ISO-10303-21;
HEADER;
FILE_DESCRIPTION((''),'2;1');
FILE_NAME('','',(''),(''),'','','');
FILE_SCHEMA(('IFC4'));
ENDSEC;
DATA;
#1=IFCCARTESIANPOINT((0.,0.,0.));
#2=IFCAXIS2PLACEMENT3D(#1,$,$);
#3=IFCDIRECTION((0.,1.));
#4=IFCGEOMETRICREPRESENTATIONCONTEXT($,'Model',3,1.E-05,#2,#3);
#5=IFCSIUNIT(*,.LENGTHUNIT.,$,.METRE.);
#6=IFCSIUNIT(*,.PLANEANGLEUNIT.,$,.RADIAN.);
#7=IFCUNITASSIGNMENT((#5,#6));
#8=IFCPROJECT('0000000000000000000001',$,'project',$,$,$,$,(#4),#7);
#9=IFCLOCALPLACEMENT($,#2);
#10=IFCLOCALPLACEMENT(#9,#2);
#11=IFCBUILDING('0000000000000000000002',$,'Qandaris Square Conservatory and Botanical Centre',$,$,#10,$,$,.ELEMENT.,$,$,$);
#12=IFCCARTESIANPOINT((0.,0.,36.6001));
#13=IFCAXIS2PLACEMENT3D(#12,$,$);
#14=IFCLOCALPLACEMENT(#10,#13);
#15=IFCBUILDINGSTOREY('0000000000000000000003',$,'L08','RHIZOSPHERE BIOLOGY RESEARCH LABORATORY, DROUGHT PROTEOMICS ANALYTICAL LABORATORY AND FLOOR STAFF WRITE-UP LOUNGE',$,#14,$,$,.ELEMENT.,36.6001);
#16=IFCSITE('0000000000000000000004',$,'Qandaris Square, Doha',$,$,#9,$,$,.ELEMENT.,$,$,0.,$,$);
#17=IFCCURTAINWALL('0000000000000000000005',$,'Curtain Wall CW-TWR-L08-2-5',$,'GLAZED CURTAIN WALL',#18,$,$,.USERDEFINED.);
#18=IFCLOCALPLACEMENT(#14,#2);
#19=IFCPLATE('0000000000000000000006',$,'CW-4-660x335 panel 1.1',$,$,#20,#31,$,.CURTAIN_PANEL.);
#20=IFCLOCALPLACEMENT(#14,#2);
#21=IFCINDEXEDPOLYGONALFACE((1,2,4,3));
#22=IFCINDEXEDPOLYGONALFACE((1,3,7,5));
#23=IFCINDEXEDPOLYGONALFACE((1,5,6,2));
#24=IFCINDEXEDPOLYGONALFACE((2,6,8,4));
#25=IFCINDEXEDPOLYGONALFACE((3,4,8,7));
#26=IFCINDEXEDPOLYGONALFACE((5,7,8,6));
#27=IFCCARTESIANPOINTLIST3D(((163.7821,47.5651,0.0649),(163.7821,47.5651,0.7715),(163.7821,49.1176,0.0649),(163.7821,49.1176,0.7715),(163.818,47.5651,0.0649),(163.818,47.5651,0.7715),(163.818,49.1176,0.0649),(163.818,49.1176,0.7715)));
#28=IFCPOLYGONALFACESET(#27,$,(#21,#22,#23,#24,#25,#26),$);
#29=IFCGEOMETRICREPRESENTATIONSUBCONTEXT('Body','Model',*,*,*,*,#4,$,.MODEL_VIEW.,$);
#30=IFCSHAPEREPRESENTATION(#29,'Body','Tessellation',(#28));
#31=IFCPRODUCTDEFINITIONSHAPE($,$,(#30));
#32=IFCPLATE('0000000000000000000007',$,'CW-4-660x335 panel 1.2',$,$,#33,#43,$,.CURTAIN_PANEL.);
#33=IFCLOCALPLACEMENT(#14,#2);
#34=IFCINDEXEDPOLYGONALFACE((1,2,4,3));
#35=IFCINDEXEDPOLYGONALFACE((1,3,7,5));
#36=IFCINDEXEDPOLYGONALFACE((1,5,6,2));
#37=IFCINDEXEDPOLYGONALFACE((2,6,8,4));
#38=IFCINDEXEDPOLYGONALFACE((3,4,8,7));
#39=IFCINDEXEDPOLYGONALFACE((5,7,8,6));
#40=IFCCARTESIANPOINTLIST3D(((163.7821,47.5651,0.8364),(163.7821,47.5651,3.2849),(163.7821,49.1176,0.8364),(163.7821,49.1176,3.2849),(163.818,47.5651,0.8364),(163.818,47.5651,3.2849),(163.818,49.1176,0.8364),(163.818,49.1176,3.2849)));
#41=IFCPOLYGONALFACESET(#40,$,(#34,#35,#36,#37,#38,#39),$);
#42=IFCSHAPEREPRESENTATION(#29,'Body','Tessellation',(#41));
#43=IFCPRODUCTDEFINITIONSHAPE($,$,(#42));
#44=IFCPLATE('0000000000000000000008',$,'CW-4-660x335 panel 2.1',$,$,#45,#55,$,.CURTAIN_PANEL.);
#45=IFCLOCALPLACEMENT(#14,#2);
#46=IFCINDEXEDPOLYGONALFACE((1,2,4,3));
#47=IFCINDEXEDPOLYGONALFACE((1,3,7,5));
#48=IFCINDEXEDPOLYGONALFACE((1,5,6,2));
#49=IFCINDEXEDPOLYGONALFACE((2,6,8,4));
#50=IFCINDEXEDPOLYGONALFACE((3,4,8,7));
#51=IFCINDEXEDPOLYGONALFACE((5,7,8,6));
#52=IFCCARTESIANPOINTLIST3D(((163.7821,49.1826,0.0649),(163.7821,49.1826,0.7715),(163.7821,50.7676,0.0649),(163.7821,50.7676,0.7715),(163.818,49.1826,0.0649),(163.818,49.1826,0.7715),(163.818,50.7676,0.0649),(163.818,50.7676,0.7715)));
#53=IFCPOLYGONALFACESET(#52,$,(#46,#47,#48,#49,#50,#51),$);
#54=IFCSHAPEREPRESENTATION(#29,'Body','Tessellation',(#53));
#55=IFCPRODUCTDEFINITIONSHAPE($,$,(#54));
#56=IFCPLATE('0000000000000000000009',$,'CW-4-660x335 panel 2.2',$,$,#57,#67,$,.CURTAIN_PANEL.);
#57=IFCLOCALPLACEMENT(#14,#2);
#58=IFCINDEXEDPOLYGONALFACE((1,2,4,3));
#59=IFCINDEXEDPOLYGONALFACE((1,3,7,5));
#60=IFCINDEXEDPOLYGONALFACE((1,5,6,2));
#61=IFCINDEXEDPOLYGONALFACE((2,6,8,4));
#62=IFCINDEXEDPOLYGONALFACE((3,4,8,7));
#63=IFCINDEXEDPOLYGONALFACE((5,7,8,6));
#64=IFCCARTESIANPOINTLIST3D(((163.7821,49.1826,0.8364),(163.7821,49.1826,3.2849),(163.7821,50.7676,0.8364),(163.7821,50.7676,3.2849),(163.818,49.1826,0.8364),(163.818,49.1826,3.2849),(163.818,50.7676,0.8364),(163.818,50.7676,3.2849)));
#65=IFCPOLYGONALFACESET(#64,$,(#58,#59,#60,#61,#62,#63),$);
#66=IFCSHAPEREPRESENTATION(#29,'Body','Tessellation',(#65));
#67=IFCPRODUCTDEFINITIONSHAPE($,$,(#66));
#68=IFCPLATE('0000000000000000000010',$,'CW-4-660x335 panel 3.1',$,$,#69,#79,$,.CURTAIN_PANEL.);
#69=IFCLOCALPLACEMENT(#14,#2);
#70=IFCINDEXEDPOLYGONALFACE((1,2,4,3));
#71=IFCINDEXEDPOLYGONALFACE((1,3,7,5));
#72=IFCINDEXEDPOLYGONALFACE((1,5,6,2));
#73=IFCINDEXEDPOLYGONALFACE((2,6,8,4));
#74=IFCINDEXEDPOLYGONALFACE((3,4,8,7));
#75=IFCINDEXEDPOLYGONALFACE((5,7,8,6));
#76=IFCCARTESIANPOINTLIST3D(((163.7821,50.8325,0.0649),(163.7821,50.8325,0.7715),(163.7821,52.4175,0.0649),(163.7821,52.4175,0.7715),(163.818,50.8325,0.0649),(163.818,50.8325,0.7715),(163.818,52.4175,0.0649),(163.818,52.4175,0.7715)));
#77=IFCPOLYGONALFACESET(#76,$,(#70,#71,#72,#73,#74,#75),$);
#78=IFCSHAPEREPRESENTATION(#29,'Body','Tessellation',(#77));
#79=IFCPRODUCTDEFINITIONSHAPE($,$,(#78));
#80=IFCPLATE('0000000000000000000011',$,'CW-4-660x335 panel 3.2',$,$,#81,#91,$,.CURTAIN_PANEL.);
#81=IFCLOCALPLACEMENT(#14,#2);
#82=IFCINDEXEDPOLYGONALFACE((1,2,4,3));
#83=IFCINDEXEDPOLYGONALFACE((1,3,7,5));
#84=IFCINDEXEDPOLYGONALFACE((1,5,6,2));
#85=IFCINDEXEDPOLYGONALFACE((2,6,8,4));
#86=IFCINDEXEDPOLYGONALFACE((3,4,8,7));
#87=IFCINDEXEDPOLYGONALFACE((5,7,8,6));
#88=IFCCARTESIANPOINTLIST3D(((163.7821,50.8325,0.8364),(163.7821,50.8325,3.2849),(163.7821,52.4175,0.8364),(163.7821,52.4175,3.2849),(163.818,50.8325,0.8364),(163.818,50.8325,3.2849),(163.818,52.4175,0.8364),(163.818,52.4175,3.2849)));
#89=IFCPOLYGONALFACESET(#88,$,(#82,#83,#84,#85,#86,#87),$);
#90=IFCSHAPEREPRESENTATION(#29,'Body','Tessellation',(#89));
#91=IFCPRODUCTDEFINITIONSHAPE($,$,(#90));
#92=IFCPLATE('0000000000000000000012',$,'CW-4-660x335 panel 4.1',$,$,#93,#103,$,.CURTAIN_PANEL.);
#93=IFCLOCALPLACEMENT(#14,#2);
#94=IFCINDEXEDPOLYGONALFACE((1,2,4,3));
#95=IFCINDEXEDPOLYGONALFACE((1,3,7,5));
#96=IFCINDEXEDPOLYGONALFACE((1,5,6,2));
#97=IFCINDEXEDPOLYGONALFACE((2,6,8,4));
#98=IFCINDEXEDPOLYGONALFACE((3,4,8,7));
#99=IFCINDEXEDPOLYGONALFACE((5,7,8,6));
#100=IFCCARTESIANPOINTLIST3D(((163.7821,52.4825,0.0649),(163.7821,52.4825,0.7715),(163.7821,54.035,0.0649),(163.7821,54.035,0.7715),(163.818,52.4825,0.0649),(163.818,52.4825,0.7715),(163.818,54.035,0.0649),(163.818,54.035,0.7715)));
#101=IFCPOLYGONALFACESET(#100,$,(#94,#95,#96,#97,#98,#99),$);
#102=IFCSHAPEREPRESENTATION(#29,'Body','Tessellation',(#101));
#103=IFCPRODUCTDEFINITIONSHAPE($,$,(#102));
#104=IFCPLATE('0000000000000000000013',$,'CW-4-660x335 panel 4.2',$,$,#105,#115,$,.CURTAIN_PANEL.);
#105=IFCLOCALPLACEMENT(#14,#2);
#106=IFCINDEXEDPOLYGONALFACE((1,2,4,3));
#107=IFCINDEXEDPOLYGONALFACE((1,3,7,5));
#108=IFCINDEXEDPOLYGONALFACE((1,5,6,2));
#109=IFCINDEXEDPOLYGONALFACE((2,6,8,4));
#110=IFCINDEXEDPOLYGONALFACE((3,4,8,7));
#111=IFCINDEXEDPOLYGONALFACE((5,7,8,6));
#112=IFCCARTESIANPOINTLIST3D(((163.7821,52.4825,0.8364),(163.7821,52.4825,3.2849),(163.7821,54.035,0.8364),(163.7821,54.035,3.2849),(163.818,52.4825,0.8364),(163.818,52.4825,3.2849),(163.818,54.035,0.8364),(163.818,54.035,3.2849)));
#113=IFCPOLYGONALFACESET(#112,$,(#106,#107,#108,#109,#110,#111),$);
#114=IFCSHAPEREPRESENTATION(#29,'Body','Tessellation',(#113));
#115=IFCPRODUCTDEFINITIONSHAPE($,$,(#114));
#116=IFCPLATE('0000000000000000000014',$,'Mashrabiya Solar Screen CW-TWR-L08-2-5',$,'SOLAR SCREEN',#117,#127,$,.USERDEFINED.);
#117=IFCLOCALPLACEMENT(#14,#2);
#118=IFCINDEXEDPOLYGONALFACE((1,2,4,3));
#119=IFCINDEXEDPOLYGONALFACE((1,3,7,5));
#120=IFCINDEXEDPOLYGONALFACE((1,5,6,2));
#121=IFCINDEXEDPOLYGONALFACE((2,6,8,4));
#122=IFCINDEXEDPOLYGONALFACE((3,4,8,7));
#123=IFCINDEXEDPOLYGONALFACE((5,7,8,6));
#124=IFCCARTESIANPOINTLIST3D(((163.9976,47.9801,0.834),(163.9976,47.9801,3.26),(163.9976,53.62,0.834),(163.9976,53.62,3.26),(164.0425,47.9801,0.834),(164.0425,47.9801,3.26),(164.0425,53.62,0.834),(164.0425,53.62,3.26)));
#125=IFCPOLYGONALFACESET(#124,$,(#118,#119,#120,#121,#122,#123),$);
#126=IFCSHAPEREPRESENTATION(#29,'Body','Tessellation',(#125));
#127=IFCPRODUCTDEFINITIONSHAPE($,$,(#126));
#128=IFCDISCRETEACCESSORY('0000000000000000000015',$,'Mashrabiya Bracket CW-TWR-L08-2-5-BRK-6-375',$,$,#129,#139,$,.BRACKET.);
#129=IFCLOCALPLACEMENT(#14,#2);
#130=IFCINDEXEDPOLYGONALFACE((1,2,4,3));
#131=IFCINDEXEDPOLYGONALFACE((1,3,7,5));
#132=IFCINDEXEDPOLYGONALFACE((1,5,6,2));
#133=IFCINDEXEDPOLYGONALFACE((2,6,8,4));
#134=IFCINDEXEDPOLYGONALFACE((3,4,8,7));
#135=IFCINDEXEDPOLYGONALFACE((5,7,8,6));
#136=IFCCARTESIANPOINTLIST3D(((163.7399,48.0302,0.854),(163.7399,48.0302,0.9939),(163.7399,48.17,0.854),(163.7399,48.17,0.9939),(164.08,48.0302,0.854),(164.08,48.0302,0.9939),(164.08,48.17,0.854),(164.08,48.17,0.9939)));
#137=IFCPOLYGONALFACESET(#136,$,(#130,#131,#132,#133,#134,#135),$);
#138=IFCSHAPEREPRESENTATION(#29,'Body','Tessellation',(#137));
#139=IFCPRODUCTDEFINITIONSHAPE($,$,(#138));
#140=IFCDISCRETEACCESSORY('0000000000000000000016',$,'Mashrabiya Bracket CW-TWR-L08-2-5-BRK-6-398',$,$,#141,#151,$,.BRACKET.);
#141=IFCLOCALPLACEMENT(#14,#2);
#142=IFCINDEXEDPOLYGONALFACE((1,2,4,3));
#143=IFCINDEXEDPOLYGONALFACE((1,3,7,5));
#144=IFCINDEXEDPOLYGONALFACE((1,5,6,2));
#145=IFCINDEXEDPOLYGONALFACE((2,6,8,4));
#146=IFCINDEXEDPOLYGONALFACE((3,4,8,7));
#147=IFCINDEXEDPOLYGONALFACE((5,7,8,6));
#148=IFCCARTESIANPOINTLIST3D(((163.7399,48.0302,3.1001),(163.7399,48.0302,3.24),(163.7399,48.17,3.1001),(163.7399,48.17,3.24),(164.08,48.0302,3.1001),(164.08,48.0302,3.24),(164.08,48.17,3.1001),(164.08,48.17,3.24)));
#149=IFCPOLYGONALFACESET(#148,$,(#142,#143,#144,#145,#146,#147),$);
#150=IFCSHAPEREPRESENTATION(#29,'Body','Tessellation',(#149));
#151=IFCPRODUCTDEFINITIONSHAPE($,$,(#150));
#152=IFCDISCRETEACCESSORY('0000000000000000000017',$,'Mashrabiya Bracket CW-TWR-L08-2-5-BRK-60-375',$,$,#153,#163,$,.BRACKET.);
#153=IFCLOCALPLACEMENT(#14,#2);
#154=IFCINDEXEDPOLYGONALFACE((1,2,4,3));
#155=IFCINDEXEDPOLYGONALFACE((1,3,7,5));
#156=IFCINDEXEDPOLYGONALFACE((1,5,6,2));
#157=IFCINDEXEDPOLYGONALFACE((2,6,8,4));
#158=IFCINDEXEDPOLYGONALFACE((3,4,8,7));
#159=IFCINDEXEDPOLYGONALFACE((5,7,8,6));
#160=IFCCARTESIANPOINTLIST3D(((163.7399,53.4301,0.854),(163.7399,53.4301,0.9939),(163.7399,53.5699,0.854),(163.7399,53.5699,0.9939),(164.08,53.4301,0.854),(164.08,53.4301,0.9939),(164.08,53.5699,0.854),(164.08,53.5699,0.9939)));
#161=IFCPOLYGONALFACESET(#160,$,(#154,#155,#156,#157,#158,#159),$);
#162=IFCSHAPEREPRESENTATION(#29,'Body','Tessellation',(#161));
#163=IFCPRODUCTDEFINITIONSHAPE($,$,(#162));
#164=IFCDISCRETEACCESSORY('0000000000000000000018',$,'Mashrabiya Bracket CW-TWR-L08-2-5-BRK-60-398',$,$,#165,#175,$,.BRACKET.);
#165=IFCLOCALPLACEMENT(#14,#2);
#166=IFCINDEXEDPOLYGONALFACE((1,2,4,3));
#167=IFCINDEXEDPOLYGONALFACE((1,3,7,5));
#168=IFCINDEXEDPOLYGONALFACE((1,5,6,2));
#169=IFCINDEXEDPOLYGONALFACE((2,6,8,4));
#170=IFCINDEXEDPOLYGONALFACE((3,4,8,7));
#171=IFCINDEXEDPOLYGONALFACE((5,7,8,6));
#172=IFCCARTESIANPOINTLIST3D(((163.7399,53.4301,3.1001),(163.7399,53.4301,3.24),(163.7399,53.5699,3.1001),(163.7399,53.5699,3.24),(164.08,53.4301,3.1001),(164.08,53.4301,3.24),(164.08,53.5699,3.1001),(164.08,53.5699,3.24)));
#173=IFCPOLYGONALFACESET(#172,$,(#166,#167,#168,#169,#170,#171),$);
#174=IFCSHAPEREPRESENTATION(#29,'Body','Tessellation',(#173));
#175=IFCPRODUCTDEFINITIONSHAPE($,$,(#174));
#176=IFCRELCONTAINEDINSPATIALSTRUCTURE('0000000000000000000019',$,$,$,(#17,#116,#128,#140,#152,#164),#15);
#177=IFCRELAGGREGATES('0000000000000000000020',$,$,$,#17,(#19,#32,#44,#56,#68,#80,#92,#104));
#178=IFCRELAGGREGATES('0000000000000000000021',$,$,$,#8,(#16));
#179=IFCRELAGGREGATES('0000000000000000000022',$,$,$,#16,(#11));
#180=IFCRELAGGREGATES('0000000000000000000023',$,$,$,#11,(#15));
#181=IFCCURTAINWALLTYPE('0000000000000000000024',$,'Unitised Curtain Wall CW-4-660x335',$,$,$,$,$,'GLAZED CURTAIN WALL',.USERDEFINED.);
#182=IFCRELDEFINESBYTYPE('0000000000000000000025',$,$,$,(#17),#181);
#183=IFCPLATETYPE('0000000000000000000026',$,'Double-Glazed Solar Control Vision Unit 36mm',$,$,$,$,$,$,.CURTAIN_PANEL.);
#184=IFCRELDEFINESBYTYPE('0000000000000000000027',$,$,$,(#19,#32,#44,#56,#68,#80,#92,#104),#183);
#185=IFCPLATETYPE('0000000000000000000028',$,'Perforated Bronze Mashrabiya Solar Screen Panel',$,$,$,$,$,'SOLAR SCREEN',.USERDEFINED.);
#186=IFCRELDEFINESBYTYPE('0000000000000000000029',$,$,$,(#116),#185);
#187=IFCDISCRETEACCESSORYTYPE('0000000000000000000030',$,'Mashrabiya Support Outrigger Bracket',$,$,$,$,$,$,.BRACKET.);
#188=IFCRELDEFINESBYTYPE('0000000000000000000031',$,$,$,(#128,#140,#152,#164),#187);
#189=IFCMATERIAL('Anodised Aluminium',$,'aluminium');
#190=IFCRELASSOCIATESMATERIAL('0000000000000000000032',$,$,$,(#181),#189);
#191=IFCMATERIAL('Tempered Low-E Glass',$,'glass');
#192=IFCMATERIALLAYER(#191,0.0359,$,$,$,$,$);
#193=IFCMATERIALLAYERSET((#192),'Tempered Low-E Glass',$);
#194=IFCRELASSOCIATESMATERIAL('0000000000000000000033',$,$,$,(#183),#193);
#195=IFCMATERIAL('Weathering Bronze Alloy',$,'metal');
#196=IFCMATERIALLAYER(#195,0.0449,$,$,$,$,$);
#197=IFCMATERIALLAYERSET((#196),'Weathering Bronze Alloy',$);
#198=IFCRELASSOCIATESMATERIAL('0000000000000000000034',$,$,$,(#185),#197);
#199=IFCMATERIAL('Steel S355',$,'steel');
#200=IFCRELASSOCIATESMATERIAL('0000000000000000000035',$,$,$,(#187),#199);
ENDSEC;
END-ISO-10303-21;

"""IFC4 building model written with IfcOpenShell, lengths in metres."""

from ifc_helpers import new_model, si_unit, direction, frame, origin, origin_2d, place, context, subcontext, project, spatial, rectangle, extrude, material, layer, layer_set, type_object, element, aggregate, save


model = new_model("IFC4")

# Units and contexts
model_context = context("Model", 3, precision=1e-05, world=origin(), true_north=direction((0.0, 1.0)))
body_context = subcontext(model_context, "Body", "Model", "MODEL_VIEW")
ifc_project = project(units=[si_unit("LENGTHUNIT", "METRE"), si_unit("PLANEANGLEUNIT", "RADIAN")], contexts=[model_context])

# Site, building, storey
site_placement = place(None, origin())
site = spatial("IfcSite", under=ifc_project, at=site_placement, Name="Qandaris Square, Doha", CompositionType="ELEMENT", RefElevation=0.0)
building_placement = place(site_placement, origin())
building = spatial("IfcBuilding", under=site, at=building_placement, Name="Qandaris Square Conservatory and Botanical Centre", CompositionType="ELEMENT")
storey_placement = place(building_placement, frame((0.0, 0.0, 36.6001)))
storey = spatial("IfcBuildingStorey", under=building, at=storey_placement, Name="L08", Description="RHIZOSPHERE BIOLOGY RESEARCH LABORATORY, DROUGHT PROTEOMICS ANALYTICAL LABORATORY AND FLOOR STAFF WRITE-UP LOUNGE", CompositionType="ELEMENT", Elevation=36.6001)

# Curtain wall, plates
ifc_material_1 = material(Name="Anodised Aluminium", Category="aluminium")
curtain_wall_type = type_object("IfcCurtainWallType", Name="Unitised Curtain Wall CW-4-660x335", ElementType="GLAZED CURTAIN WALL", PredefinedType="USERDEFINED", material=ifc_material_1)
curtain_wall_placement = place(storey_placement, origin())
curtain_wall = element("IfcCurtainWall", 1, at=curtain_wall_placement, inside=storey, type_object=curtain_wall_type, Name="Curtain Wall CW-TWR-L08-2-5", ObjectType="GLAZED CURTAIN WALL", PredefinedType="USERDEFINED")
ifc_material_2 = material(Name="Tempered Low-E Glass", Category="glass")
ifc_layer_1 = layer(ifc_material_2, 0.0359)
ifc_layer_set_1 = layer_set([ifc_layer_1], Name="Tempered Low-E Glass")
plate_type_1 = type_object("IfcPlateType", Name="Double-Glazed Solar Control Vision Unit 36mm", PredefinedType="CURTAIN_PANEL", material=ifc_layer_set_1)
plate_1_placement = place(storey_placement, frame((163.8, 48.3413, 0.0649), z_axis=(0.0, 0.0, 1.0), x_axis=(0.0, 1.0, 0.0)))
plate_1 = element("IfcPlate", 2, at=plate_1_placement, type_object=plate_type_1, Name="CW-4-660x335 panel 1.1", PredefinedType="CURTAIN_PANEL", context=body_context, shape_type="SweptSolid", body=[
    extrude(rectangle(XDim=1.5525, YDim=0.0359, at=origin_2d()), origin(), (0.0, 0.0, 1.0), 0.7065),
])
plate_2_placement = place(storey_placement, frame((163.8, 48.3413, 0.8364), z_axis=(0.0, 0.0, 1.0), x_axis=(0.0, 1.0, 0.0)))
plate_2 = element("IfcPlate", 3, at=plate_2_placement, type_object=plate_type_1, Name="CW-4-660x335 panel 1.2", PredefinedType="CURTAIN_PANEL", context=body_context, shape_type="SweptSolid", body=[
    extrude(rectangle(XDim=1.5525, YDim=0.0359, at=origin_2d()), origin(), (0.0, 0.0, 1.0), 2.4485),
])
plate_3_placement = place(storey_placement, frame((163.8, 49.9751, 0.0649), z_axis=(0.0, 0.0, 1.0), x_axis=(0.0, 1.0, 0.0)))
plate_3 = element("IfcPlate", 4, at=plate_3_placement, type_object=plate_type_1, Name="CW-4-660x335 panel 2.1", PredefinedType="CURTAIN_PANEL", context=body_context, shape_type="SweptSolid", body=[
    extrude(rectangle(XDim=1.585, YDim=0.0359, at=origin_2d()), origin(), (0.0, 0.0, 1.0), 0.7065),
])
plate_4_placement = place(storey_placement, frame((163.8, 49.9751, 0.8364), z_axis=(0.0, 0.0, 1.0), x_axis=(0.0, 1.0, 0.0)))
plate_4 = element("IfcPlate", 5, at=plate_4_placement, type_object=plate_type_1, Name="CW-4-660x335 panel 2.2", PredefinedType="CURTAIN_PANEL", context=body_context, shape_type="SweptSolid", body=[
    extrude(rectangle(XDim=1.585, YDim=0.0359, at=origin_2d()), origin(), (0.0, 0.0, 1.0), 2.4485),
])
plate_5_placement = place(storey_placement, frame((163.8, 51.625, 0.0649), z_axis=(0.0, 0.0, 1.0), x_axis=(0.0, 1.0, 0.0)))
plate_5 = element("IfcPlate", 6, at=plate_5_placement, type_object=plate_type_1, Name="CW-4-660x335 panel 3.1", PredefinedType="CURTAIN_PANEL", context=body_context, shape_type="SweptSolid", body=[
    extrude(rectangle(XDim=1.585, YDim=0.0359, at=origin_2d()), origin(), (0.0, 0.0, 1.0), 0.7065),
])
plate_6_placement = place(storey_placement, frame((163.8, 51.625, 0.8364), z_axis=(0.0, 0.0, 1.0), x_axis=(0.0, 1.0, 0.0)))
plate_6 = element("IfcPlate", 7, at=plate_6_placement, type_object=plate_type_1, Name="CW-4-660x335 panel 3.2", PredefinedType="CURTAIN_PANEL", context=body_context, shape_type="SweptSolid", body=[
    extrude(rectangle(XDim=1.585, YDim=0.0359, at=origin_2d()), origin(), (0.0, 0.0, 1.0), 2.4485),
])
plate_7_placement = place(storey_placement, frame((163.8, 53.2588, 0.0649), z_axis=(0.0, 0.0, 1.0), x_axis=(0.0, 1.0, 0.0)))
plate_7 = element("IfcPlate", 8, at=plate_7_placement, type_object=plate_type_1, Name="CW-4-660x335 panel 4.1", PredefinedType="CURTAIN_PANEL", context=body_context, shape_type="SweptSolid", body=[
    extrude(rectangle(XDim=1.5525, YDim=0.0359, at=origin_2d()), origin(), (0.0, 0.0, 1.0), 0.7065),
])
plate_8_placement = place(storey_placement, frame((163.8, 53.2588, 0.8364), z_axis=(0.0, 0.0, 1.0), x_axis=(0.0, 1.0, 0.0)))
plate_8 = element("IfcPlate", 9, at=plate_8_placement, type_object=plate_type_1, Name="CW-4-660x335 panel 4.2", PredefinedType="CURTAIN_PANEL", context=body_context, shape_type="SweptSolid", body=[
    extrude(rectangle(XDim=1.5525, YDim=0.0359, at=origin_2d()), origin(), (0.0, 0.0, 1.0), 2.4485),
])
aggregate(curtain_wall, [plate_1, plate_2, plate_3, plate_4, plate_5, plate_6, plate_7, plate_8])

# Plate
ifc_material_3 = material(Name="Weathering Bronze Alloy", Category="metal")
ifc_layer_2 = layer(ifc_material_3, 0.0449)
ifc_layer_set_2 = layer_set([ifc_layer_2], Name="Weathering Bronze Alloy")
plate_type_2 = type_object("IfcPlateType", Name="Perforated Bronze Mashrabiya Solar Screen Panel", ElementType="SOLAR SCREEN", PredefinedType="USERDEFINED", material=ifc_layer_set_2)
plate_9_placement = place(storey_placement, frame((164.02, 50.8, 0.834), z_axis=(0.0, 0.0, 1.0), x_axis=(0.0, 1.0, 0.0)))
element("IfcPlate", 10, at=plate_9_placement, inside=storey, type_object=plate_type_2, Name="Mashrabiya Solar Screen CW-TWR-L08-2-5", ObjectType="SOLAR SCREEN", PredefinedType="USERDEFINED", context=body_context, shape_type="SweptSolid", body=[
    extrude(rectangle(XDim=5.6399, YDim=0.0449, at=origin_2d()), origin(), (0.0, 0.0, 1.0), 2.426),
])

# Discrete accessories
ifc_material_4 = material(Name="Steel S355", Category="steel")
discrete_accessory_type = type_object("IfcDiscreteAccessoryType", Name="Mashrabiya Support Outrigger Bracket", PredefinedType="BRACKET", material=ifc_material_4)
for number, where, z_axis, x_axis, name in (
    (11, (163.9099, 48.1001, 0.854), (0.0, 0.0, 1.0), (0.0, 1.0, 0.0), "Mashrabiya Bracket CW-TWR-L08-2-5-BRK-6-375"),
    (12, (163.9099, 48.1001, 3.1001), (0.0, 0.0, 1.0), (0.0, 1.0, 0.0), "Mashrabiya Bracket CW-TWR-L08-2-5-BRK-6-398"),
    (13, (163.9099, 53.5, 0.854), (0.0, 0.0, 1.0), (0.0, 1.0, 0.0), "Mashrabiya Bracket CW-TWR-L08-2-5-BRK-60-375"),
    (14, (163.9099, 53.5, 3.1001), (0.0, 0.0, 1.0), (0.0, 1.0, 0.0), "Mashrabiya Bracket CW-TWR-L08-2-5-BRK-60-398"),
):
    element("IfcDiscreteAccessory", number, at=place(storey_placement, frame(where, z_axis=z_axis, x_axis=x_axis)), inside=storey, type_object=discrete_accessory_type, Name=name, PredefinedType="BRACKET", context=body_context, shape_type="SweptSolid", body=[
        extrude(rectangle(XDim=0.1399, YDim=0.3401, at=origin_2d()), origin(), (0.0, 0.0, 1.0), 0.1399),
    ])

save(model, "model.ifc")
